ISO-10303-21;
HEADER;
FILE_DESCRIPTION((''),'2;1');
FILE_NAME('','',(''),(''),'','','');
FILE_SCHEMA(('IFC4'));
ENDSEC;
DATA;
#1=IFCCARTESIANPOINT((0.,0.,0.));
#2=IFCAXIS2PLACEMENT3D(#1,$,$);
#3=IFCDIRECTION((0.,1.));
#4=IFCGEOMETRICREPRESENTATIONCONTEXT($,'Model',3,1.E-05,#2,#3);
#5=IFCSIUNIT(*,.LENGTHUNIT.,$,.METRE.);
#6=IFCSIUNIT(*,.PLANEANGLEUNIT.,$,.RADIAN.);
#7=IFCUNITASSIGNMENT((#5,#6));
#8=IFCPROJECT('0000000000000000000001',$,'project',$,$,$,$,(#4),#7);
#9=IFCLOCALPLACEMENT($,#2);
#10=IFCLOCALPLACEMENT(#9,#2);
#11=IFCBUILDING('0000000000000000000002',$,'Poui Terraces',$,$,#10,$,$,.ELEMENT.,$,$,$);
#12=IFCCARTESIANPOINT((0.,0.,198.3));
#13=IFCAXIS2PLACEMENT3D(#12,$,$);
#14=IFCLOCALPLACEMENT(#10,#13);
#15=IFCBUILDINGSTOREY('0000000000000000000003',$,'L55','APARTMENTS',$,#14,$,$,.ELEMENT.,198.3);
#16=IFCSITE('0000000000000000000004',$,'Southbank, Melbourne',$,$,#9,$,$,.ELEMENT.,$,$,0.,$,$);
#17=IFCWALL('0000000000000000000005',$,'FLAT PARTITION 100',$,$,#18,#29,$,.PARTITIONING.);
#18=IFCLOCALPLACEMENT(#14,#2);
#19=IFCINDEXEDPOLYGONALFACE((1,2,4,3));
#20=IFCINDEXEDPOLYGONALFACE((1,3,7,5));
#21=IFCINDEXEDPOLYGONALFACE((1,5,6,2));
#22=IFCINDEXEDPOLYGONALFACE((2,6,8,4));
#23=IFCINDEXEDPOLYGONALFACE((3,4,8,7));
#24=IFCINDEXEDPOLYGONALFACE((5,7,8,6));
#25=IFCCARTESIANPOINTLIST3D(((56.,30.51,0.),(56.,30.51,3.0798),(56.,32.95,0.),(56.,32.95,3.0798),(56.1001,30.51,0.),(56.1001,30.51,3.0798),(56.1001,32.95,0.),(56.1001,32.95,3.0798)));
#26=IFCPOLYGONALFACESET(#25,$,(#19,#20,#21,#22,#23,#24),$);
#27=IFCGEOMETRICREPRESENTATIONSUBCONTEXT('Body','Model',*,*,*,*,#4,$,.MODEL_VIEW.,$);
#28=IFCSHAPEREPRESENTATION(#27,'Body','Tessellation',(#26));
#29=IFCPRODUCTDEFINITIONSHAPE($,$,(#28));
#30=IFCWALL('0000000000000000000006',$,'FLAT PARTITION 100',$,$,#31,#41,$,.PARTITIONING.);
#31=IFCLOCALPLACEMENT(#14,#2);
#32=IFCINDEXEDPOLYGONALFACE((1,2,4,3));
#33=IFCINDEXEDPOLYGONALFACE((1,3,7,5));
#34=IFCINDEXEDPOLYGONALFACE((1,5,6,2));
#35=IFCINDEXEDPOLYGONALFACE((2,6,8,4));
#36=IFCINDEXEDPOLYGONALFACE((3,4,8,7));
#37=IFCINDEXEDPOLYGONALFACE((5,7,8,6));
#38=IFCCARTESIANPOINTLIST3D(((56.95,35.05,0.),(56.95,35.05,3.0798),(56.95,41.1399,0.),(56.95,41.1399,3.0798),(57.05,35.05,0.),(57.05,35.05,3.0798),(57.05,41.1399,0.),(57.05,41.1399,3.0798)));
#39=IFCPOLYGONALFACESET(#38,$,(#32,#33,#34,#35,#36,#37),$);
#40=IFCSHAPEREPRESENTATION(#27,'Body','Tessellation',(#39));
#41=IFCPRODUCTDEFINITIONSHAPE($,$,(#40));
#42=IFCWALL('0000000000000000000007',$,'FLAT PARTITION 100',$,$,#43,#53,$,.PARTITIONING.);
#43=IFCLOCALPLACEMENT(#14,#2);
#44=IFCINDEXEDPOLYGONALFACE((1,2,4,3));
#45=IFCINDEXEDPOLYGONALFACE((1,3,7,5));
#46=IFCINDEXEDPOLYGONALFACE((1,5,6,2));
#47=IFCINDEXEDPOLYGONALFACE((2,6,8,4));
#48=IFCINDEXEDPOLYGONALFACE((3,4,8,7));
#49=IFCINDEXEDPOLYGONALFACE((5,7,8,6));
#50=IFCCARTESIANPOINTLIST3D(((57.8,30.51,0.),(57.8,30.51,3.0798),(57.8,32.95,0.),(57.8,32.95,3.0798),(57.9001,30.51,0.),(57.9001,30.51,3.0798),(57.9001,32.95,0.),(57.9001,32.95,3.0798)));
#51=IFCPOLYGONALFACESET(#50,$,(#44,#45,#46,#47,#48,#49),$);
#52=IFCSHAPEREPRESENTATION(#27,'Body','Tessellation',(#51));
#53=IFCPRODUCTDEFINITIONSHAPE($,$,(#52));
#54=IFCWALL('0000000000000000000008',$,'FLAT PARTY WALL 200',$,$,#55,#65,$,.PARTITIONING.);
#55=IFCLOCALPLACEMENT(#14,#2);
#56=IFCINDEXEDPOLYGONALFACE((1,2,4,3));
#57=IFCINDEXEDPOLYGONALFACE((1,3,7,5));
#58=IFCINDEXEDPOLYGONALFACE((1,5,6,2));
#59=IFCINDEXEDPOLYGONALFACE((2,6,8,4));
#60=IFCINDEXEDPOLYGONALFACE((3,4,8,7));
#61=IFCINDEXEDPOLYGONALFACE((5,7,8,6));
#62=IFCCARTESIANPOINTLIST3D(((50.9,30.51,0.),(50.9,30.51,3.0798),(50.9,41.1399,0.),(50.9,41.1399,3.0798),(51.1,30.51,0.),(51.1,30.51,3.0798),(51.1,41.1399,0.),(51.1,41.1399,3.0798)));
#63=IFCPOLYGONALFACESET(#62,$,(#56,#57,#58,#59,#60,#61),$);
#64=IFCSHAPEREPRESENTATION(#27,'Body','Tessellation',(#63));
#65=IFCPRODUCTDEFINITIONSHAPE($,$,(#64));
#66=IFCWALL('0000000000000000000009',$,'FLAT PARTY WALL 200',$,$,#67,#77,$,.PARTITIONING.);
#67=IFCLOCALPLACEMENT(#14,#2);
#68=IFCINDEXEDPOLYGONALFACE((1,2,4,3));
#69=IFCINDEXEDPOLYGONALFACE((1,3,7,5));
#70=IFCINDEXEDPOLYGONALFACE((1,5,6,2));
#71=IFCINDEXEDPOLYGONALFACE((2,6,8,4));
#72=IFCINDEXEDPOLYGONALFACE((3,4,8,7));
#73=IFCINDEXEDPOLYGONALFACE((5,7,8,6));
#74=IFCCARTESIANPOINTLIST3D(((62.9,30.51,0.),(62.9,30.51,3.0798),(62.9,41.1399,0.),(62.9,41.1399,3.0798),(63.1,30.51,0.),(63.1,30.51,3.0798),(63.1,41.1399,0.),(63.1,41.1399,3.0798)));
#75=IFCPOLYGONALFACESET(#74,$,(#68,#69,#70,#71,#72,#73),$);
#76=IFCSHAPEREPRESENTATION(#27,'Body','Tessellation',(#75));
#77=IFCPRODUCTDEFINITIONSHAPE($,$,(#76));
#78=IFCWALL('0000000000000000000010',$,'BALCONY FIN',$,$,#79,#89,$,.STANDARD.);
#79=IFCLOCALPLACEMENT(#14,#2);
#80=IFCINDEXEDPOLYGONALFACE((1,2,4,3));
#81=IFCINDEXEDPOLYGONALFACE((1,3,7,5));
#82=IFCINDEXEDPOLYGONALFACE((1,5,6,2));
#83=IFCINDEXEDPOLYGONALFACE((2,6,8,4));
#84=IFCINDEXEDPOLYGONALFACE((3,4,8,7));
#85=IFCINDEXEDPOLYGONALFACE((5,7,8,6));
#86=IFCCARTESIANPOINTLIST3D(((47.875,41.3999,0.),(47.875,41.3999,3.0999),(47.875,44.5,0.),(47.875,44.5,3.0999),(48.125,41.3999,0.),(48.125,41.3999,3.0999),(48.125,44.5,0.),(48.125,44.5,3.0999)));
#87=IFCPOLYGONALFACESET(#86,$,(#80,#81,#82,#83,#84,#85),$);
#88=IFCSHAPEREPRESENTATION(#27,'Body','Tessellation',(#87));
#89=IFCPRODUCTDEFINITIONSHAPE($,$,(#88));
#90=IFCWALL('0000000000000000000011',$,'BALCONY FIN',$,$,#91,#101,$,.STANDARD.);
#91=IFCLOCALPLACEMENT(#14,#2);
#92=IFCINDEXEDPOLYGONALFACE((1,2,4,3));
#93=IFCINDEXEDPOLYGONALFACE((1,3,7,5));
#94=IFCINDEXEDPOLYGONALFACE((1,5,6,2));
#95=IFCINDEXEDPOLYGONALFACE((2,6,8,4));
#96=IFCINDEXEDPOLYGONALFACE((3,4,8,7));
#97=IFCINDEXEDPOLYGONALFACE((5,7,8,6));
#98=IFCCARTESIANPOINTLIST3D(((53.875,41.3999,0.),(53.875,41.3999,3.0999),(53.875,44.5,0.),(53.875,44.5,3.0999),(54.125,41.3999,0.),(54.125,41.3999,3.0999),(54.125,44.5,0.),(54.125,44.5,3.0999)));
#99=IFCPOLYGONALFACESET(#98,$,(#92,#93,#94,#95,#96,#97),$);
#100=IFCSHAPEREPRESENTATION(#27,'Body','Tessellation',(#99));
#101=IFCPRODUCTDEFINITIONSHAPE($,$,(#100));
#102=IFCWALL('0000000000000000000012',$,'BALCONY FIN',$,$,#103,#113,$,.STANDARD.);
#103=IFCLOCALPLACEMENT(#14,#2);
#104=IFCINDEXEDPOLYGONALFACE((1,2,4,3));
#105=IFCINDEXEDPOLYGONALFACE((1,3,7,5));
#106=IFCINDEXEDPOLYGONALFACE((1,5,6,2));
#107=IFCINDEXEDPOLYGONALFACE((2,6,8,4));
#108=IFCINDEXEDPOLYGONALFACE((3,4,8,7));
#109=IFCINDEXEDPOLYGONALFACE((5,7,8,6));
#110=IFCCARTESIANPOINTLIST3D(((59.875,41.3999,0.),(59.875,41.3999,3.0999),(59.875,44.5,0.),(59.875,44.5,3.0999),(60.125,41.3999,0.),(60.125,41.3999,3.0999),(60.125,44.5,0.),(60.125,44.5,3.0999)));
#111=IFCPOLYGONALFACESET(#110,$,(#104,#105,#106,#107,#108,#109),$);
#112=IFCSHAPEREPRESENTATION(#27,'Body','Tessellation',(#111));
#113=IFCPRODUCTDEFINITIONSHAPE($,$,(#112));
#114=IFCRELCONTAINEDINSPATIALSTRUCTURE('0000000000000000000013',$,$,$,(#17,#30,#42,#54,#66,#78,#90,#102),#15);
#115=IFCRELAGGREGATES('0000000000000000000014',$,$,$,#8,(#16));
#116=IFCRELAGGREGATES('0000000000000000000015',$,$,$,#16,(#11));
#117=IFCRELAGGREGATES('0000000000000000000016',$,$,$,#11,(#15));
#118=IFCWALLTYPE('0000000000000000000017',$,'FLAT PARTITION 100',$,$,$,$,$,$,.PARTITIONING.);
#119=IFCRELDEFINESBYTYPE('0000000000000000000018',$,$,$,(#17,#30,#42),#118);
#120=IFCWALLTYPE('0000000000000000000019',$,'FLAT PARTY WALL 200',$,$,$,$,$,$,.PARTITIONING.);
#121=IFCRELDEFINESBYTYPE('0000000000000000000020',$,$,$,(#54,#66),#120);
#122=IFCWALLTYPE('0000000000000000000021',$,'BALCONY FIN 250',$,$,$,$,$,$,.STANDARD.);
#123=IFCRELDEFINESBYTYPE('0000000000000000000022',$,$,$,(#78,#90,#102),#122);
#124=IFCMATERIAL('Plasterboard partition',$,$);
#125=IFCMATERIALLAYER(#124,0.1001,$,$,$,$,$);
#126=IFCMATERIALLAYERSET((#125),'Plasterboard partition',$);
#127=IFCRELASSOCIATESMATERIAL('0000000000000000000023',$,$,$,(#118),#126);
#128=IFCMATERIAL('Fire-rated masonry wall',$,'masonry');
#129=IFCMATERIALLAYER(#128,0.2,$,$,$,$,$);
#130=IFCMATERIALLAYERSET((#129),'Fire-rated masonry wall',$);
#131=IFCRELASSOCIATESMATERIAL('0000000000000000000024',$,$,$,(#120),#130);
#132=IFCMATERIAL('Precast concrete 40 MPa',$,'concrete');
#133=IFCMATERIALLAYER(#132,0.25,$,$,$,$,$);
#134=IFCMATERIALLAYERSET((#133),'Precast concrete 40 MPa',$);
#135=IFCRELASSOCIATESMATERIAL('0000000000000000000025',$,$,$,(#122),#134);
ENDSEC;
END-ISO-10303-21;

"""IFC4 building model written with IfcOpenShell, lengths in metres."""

from ifc_helpers import new_model, si_unit, direction, frame, frame_2d, origin, place, context, subcontext, project, spatial, polyline, rectangle, outline, extrude, source, transform, mapped, material, layer, layer_set, type_object, element, save


model = new_model("IFC4")

# Units and contexts
model_context = context("Model", 3, precision=1e-05, world=origin(), true_north=direction((0.0, 1.0)))
body_context = subcontext(model_context, "Body", "Model", "MODEL_VIEW")
ifc_project = project(units=[si_unit("LENGTHUNIT", "METRE"), si_unit("PLANEANGLEUNIT", "RADIAN")], contexts=[model_context])

# Site, building, storey
site_placement = place(None, origin())
site = spatial("IfcSite", under=ifc_project, at=site_placement, Name="Southbank, Melbourne", CompositionType="ELEMENT", RefElevation=0.0)
building_placement = place(site_placement, origin())
building = spatial("IfcBuilding", under=site, at=building_placement, Name="Poui Terraces", CompositionType="ELEMENT")
storey_placement = place(building_placement, frame((0.0, 0.0, 198.3)))
storey = spatial("IfcBuildingStorey", under=building, at=storey_placement, Name="L55", Description="APARTMENTS", CompositionType="ELEMENT", Elevation=198.3)

# Shared definitions
ifc_material_1 = material(Name="Plasterboard partition")
ifc_layer_1 = layer(ifc_material_1, 0.1001)
ifc_layer_set_1 = layer_set([ifc_layer_1], Name="Plasterboard partition")
wall_type_1 = type_object("IfcWallType", Name="FLAT PARTITION 100", PredefinedType="PARTITIONING", material=ifc_layer_set_1)

# Walls
for number, where, z_axis, x_axis, name in (
    (1, (56.05, 30.51, 0.0), (0.0, 0.0, 1.0), (0.0, 1.0, 0.0), "FLAT PARTITION 100"),
):
    element("IfcWall", number, at=place(storey_placement, frame(where, z_axis=z_axis, x_axis=x_axis)), inside=storey, type_object=wall_type_1, Name=name, PredefinedType="PARTITIONING", context=body_context, shape_type="SweptSolid", body=[
        extrude(rectangle(XDim=2.4399, YDim=0.1001, at=frame_2d((1.22, 0.0))), origin(), (0.0, 0.0, 1.0), 3.0798),
    ])
wall_1_placement = place(storey_placement, frame((57.0, 35.05, 0.0), z_axis=(0.0, 0.0, 1.0), x_axis=(0.0, 1.0, 0.0)))
element("IfcWall", 2, at=wall_1_placement, inside=storey, type_object=wall_type_1, Name="FLAT PARTITION 100", PredefinedType="PARTITIONING", context=body_context, shape_type="SweptSolid", body=[
    extrude(rectangle(XDim=6.0898, YDim=0.1001, at=frame_2d((3.0449, 0.0))), origin(), (0.0, 0.0, 1.0), 3.0798),
])
wall_2_placement = place(storey_placement, frame((57.8501, 30.51, 0.0), z_axis=(0.0, 0.0, 1.0), x_axis=(0.0, 1.0, 0.0)))
element("IfcWall", 3, at=wall_2_placement, inside=storey, type_object=wall_type_1, Name="FLAT PARTITION 100", PredefinedType="PARTITIONING", context=body_context, shape_type="SweptSolid", body=[
    extrude(rectangle(XDim=2.4399, YDim=0.1001, at=frame_2d((1.22, 0.0))), origin(), (0.0, 0.0, 1.0), 3.0798),
])
ifc_material_2 = material(Name="Fire-rated masonry wall", Category="masonry")
ifc_layer_2 = layer(ifc_material_2, 0.2)
ifc_layer_set_2 = layer_set([ifc_layer_2], Name="Fire-rated masonry wall")
wall_type_2 = type_object("IfcWallType", Name="FLAT PARTY WALL 200", PredefinedType="PARTITIONING", material=ifc_layer_set_2)
for number, where, z_axis, x_axis, name in (
    (4, (51.0, 30.51, 0.0), (0.0, 0.0, 1.0), (0.0, 1.0, 0.0), "FLAT PARTY WALL 200"),
    (5, (63.0, 30.51, 0.0), (0.0, 0.0, 1.0), (0.0, 1.0, 0.0), "FLAT PARTY WALL 200"),
):
    element("IfcWall", number, at=place(storey_placement, frame(where, z_axis=z_axis, x_axis=x_axis)), inside=storey, type_object=wall_type_2, Name=name, PredefinedType="PARTITIONING", context=body_context, shape_type="SweptSolid", body=[
        extrude(rectangle(XDim=10.6299, YDim=0.2, at=frame_2d((5.3149, 0.0))), origin(), (0.0, 0.0, 1.0), 3.0798),
    ])
ifc_material_3 = material(Name="Precast concrete 40 MPa", Category="concrete")
ifc_layer_3 = layer(ifc_material_3, 0.25)
ifc_layer_set_3 = layer_set([ifc_layer_3], Name="Precast concrete 40 MPa")
wall_type_3 = type_object("IfcWallType", Name="BALCONY FIN 250", PredefinedType="STANDARD", material=ifc_layer_set_3)
shared_shape_1 = source(origin(), body_context, "Body", "SweptSolid", [
    extrude(outline(polyline([(0.0, 0.0), (0.25, 0.0), (0.25, 3.1001), (0.0, 3.1001), (0.0, 0.0)])), origin(), (0.0, 0.0, 1.0), 3.0999),
])
for number, where, name in (
    (6, (47.875, 41.3999, 0.0), "BALCONY FIN"),
    (7, (53.875, 41.3999, 0.0), "BALCONY FIN"),
    (8, (59.875, 41.3999, 0.0), "BALCONY FIN"),
):
    element("IfcWall", number, at=place(storey_placement, frame(where)), inside=storey, type_object=wall_type_3, Name=name, PredefinedType="STANDARD", context=body_context, shape_type="MappedRepresentation", body=[
        mapped(shared_shape_1, transform((0.0, 0.0, 0.0))),
    ])

save(model, "model.ifc")
